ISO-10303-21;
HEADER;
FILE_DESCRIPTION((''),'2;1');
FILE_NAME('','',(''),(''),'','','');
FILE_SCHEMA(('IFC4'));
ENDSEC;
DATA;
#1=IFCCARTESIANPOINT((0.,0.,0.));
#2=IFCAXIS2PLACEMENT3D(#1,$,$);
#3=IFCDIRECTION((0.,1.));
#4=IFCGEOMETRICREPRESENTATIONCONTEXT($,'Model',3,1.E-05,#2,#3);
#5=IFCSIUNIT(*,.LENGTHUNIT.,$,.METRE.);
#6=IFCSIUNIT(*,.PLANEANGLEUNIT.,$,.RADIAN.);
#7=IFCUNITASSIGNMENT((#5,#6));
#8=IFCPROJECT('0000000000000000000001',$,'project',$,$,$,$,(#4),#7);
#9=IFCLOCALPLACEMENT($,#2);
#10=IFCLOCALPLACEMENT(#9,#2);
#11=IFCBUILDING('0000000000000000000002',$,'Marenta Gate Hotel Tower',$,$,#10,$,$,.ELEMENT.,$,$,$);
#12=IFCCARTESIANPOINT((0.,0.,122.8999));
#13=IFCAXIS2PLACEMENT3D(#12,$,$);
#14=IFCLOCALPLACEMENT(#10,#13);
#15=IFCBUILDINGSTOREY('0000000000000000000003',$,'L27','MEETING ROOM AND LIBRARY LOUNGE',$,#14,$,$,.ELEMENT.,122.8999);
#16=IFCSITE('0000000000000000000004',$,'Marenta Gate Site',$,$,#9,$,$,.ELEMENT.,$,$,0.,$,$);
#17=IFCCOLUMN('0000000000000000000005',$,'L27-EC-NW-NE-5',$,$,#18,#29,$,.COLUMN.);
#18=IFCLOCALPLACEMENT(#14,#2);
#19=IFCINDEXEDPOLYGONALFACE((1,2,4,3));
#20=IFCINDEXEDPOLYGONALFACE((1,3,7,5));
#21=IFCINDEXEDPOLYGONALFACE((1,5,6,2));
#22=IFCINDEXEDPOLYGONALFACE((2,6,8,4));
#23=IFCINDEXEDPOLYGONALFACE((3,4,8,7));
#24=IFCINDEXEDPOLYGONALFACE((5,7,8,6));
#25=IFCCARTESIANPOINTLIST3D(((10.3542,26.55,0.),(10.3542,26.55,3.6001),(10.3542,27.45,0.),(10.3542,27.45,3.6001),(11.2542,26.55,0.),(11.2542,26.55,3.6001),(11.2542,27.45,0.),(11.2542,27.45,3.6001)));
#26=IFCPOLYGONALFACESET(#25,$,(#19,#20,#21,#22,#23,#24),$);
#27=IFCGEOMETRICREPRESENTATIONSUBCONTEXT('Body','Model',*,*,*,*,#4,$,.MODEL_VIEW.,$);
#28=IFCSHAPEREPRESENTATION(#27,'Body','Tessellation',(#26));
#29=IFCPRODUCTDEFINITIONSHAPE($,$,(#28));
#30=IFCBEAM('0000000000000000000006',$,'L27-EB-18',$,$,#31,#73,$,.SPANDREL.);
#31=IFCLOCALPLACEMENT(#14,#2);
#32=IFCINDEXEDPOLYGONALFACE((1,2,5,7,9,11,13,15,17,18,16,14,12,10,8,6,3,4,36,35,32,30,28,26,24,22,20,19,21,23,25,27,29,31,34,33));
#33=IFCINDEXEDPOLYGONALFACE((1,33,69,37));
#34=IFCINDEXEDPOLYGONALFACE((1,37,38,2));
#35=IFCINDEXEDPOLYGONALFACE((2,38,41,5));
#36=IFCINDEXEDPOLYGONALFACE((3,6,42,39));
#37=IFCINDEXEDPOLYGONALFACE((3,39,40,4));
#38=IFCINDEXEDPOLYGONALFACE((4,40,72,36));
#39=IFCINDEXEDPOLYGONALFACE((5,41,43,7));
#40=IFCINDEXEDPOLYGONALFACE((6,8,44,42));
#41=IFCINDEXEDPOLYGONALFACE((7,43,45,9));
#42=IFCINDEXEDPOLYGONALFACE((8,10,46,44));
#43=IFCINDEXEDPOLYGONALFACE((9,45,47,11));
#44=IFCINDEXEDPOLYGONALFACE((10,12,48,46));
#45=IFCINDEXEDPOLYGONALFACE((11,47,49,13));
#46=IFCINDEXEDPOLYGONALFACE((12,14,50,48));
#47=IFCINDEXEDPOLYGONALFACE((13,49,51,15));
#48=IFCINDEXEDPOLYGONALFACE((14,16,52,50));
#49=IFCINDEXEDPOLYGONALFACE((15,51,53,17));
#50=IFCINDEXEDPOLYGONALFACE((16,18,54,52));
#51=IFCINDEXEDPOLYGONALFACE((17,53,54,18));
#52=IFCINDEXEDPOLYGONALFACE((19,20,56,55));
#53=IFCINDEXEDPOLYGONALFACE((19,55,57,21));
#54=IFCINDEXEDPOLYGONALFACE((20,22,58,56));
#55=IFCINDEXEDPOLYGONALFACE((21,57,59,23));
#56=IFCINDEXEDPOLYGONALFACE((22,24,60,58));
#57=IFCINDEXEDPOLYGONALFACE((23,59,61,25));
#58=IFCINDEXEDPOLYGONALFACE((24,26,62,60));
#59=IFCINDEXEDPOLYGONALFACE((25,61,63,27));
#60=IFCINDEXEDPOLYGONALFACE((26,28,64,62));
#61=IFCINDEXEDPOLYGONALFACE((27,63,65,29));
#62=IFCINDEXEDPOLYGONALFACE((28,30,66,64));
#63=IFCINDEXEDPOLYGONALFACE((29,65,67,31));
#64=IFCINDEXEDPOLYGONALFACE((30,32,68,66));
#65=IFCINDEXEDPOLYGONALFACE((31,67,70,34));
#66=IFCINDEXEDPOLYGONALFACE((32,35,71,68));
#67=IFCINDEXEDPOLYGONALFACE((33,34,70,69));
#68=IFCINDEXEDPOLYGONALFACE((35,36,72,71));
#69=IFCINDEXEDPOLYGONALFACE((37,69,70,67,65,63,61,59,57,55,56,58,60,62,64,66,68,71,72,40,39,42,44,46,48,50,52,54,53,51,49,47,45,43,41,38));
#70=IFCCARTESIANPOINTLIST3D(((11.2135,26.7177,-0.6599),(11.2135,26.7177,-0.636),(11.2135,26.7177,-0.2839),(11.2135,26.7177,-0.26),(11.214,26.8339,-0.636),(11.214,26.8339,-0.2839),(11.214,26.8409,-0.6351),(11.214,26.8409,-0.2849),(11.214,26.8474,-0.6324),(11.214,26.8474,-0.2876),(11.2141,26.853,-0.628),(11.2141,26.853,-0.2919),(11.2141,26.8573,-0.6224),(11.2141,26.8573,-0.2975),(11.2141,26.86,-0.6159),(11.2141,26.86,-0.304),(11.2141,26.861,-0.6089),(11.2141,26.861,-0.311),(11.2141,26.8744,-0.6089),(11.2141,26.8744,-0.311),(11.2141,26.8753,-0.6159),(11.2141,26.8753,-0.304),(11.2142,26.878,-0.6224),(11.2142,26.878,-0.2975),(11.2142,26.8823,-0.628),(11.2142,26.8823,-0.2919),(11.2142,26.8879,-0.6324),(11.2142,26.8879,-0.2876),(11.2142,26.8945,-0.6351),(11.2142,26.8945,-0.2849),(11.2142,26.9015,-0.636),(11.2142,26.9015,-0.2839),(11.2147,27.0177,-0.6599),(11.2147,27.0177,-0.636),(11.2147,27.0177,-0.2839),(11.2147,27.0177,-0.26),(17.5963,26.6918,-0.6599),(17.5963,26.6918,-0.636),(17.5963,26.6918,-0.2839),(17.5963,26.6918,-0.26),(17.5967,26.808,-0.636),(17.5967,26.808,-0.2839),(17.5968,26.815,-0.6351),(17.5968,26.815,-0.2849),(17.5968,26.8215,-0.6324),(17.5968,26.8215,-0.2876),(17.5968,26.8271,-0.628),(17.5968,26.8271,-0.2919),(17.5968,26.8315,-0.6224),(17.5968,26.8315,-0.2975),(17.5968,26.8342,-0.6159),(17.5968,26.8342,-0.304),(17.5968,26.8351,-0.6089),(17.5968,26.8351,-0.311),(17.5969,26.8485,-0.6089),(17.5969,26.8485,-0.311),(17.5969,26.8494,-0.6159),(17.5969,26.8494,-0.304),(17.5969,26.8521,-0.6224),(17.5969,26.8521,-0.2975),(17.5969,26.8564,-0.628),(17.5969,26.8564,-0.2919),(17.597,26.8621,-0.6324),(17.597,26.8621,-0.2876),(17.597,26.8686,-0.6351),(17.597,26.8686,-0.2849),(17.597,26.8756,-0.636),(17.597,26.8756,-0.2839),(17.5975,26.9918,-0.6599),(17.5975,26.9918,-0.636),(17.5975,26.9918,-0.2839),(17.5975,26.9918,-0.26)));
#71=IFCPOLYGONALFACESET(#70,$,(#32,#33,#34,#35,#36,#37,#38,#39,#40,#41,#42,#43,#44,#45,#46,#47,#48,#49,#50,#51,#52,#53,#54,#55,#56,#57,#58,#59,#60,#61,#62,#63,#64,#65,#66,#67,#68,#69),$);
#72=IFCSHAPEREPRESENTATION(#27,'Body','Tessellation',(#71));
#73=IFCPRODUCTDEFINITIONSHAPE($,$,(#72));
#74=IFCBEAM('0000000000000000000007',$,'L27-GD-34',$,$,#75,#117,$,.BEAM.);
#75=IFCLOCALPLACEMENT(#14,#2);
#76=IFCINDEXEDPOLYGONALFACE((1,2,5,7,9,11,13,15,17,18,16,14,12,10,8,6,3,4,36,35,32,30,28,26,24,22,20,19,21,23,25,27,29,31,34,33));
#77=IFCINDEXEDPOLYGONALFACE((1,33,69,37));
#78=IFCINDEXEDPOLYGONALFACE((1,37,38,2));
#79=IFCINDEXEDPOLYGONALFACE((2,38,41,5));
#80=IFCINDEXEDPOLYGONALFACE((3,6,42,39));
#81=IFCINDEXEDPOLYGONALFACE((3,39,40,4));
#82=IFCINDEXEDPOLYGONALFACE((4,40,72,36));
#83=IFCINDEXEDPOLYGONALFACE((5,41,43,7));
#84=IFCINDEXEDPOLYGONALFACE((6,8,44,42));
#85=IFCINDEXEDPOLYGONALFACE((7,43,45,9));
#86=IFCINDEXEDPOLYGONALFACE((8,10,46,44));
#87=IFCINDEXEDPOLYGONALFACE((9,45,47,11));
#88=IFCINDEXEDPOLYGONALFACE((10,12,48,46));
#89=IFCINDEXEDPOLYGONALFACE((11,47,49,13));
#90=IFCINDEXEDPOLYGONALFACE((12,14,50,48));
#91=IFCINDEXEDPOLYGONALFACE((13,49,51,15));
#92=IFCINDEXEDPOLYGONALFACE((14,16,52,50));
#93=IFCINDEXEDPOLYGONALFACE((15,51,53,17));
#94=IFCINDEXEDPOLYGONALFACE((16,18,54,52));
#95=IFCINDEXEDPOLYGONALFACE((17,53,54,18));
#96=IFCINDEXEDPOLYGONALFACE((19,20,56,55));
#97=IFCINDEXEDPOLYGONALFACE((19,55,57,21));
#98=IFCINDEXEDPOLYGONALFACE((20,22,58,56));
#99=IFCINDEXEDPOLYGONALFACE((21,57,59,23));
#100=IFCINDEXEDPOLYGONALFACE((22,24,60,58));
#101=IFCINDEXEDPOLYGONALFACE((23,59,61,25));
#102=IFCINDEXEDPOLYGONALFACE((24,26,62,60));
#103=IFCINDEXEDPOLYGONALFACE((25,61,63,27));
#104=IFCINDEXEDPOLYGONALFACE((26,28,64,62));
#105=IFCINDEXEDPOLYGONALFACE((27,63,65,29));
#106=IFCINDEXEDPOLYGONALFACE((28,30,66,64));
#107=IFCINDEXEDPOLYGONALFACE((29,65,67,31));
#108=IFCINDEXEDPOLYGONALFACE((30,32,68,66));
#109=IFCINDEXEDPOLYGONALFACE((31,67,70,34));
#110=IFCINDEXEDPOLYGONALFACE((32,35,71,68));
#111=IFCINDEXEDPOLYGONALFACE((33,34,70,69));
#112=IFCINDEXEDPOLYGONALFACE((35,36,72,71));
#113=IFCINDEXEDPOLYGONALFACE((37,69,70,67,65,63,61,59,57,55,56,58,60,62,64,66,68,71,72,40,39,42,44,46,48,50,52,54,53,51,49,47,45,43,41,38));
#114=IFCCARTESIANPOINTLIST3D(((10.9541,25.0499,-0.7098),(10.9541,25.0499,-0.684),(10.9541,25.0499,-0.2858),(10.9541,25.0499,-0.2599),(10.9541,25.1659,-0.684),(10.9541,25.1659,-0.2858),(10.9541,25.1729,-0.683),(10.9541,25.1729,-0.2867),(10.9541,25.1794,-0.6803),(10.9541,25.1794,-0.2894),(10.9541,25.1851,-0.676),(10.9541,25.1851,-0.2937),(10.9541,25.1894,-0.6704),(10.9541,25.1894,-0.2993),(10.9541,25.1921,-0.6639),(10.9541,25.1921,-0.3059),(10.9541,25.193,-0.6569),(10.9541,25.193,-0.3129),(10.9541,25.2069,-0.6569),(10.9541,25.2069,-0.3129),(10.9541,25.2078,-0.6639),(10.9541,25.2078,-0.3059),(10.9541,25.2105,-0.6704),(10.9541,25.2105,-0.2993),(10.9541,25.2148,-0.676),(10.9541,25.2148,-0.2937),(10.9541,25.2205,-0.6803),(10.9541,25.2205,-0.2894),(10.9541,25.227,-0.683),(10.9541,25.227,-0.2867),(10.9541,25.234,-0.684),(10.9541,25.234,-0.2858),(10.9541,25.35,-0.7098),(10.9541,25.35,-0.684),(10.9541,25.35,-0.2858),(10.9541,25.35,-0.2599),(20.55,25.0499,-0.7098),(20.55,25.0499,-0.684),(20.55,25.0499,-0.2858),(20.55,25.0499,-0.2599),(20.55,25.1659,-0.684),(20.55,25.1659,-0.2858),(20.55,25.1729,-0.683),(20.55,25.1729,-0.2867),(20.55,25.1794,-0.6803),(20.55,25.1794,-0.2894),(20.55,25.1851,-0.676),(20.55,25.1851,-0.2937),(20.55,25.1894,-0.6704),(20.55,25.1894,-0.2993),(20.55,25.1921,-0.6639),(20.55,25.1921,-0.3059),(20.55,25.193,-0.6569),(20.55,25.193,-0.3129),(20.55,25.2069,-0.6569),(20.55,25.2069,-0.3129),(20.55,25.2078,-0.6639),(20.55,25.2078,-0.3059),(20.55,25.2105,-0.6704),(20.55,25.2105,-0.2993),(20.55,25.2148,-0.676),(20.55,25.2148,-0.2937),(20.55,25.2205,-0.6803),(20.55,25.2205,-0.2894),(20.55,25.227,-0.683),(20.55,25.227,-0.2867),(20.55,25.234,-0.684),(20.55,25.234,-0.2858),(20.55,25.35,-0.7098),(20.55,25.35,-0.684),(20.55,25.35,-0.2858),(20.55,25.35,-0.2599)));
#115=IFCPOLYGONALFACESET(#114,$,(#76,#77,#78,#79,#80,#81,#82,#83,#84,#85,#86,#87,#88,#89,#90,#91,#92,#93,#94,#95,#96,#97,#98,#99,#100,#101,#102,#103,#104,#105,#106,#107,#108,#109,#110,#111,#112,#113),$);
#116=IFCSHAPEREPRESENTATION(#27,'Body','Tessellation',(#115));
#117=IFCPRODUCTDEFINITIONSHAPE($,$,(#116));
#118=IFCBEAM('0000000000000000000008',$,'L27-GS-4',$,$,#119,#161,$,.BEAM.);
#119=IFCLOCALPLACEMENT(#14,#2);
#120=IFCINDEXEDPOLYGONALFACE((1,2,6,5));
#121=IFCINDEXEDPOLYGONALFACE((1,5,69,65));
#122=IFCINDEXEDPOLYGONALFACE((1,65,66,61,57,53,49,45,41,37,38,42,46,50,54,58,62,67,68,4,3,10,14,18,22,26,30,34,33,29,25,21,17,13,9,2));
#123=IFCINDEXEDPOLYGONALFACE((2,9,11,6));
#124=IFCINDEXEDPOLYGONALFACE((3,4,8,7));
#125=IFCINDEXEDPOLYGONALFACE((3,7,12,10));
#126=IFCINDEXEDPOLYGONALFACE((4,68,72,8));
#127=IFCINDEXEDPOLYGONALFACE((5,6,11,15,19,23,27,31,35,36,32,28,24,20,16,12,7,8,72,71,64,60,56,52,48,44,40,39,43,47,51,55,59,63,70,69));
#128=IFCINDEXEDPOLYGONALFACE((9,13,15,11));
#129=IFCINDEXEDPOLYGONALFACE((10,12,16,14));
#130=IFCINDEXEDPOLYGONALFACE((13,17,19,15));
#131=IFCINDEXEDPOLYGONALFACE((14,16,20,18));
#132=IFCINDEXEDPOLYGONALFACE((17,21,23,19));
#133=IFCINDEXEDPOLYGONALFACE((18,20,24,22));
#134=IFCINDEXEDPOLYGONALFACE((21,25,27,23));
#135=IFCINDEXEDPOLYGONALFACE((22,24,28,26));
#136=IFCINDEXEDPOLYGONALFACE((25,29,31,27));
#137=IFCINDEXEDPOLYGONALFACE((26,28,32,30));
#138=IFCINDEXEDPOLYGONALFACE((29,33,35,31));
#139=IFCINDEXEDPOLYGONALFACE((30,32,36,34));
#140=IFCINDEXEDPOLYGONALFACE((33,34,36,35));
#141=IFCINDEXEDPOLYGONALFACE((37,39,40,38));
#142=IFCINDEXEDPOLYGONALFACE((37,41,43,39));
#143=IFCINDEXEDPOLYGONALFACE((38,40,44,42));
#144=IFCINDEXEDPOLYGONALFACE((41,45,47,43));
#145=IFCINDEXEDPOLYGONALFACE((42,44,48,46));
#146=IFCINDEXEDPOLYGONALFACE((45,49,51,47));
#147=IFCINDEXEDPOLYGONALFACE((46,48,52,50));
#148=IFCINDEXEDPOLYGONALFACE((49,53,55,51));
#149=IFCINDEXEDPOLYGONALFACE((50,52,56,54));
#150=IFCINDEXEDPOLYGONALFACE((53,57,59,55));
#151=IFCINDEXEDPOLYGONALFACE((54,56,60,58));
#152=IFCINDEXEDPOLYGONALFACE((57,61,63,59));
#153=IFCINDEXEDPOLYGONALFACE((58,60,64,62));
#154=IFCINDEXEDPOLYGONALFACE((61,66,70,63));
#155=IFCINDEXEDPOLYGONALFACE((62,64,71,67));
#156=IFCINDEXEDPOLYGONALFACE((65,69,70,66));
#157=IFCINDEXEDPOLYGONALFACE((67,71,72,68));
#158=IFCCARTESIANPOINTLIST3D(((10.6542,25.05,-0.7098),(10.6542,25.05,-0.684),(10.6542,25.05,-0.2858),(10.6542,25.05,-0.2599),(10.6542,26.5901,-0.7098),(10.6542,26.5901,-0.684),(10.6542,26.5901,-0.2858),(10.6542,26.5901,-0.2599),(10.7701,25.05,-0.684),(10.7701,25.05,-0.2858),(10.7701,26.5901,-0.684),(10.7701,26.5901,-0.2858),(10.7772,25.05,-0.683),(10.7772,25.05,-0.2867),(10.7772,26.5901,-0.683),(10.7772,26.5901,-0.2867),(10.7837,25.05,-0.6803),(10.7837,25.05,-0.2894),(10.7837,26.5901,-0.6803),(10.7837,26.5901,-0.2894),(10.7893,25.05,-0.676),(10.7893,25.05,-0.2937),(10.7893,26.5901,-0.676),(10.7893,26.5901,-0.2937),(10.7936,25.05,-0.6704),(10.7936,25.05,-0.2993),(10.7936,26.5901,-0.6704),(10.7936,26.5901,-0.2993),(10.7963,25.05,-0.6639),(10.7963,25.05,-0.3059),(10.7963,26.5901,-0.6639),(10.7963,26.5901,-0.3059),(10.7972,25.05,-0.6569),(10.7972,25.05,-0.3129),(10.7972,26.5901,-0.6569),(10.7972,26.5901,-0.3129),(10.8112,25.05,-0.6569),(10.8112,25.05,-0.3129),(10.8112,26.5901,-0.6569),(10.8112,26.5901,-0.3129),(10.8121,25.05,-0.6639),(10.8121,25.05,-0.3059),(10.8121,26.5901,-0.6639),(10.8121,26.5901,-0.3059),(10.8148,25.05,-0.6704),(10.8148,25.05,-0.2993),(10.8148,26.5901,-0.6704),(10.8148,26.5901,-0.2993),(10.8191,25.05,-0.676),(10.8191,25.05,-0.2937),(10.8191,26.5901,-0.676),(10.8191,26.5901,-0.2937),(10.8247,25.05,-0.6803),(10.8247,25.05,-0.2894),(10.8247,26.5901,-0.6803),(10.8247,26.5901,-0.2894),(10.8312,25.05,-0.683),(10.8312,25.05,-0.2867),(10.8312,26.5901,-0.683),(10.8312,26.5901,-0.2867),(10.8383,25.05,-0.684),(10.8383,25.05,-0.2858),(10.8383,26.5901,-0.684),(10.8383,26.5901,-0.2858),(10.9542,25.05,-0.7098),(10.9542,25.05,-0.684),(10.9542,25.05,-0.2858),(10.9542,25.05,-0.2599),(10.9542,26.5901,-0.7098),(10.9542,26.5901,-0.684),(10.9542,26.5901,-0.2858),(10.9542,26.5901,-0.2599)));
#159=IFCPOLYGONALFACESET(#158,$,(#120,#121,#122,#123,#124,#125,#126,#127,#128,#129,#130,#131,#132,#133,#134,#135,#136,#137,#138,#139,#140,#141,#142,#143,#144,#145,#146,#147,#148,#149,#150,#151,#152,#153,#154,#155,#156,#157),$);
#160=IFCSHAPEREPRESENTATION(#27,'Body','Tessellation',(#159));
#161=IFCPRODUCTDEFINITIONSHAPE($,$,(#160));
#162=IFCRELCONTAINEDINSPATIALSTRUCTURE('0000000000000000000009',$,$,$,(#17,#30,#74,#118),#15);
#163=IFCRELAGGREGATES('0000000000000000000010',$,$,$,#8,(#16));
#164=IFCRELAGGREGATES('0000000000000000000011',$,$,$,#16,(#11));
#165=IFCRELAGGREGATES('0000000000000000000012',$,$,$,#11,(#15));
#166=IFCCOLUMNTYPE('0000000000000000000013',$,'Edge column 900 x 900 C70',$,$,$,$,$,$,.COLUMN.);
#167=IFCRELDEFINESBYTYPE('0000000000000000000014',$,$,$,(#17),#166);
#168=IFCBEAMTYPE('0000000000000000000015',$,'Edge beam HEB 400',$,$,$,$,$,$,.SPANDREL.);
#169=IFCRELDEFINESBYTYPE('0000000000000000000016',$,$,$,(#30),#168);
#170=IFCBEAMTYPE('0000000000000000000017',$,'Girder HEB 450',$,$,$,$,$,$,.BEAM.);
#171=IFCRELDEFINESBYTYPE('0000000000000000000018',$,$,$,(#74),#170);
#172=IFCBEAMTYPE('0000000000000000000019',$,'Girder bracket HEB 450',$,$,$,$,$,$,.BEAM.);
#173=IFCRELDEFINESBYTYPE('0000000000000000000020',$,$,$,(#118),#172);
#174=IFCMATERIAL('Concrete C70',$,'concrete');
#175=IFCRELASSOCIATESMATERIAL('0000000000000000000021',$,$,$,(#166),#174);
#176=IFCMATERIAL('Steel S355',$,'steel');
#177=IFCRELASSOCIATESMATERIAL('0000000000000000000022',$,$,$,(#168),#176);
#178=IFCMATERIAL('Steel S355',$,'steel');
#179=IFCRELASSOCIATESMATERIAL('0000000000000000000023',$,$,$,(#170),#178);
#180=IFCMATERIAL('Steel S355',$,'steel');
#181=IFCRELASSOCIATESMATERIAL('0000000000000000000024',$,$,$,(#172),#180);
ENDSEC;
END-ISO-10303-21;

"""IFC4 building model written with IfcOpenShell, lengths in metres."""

from ifc_helpers import new_model, si_unit, direction, frame, origin, origin_2d, place, context, subcontext, project, spatial, rectangle, i_section, extrude, material, material_profile, profile_set, type_object, element, save


model = new_model("IFC4")

# Units and contexts
model_context = context("Model", 3, precision=1e-05, world=origin(), true_north=direction((0.0, 1.0)))
body_context = subcontext(model_context, "Body", "Model", "MODEL_VIEW")
ifc_project = project(units=[si_unit("LENGTHUNIT", "METRE"), si_unit("PLANEANGLEUNIT", "RADIAN")], contexts=[model_context])

# Site, building, storey
site_placement = place(None, origin())
site = spatial("IfcSite", under=ifc_project, at=site_placement, Name="Marenta Gate Site", CompositionType="ELEMENT", RefElevation=0.0)
building_placement = place(site_placement, origin())
building = spatial("IfcBuilding", under=site, at=building_placement, Name="Marenta Gate Hotel Tower", CompositionType="ELEMENT")
storey_placement = place(building_placement, frame((0.0, 0.0, 122.8999)))
storey = spatial("IfcBuildingStorey", under=building, at=storey_placement, Name="L27", Description="MEETING ROOM AND LIBRARY LOUNGE", CompositionType="ELEMENT", Elevation=122.8999)

# Column
ifc_material_1 = material(Name="Concrete C70", Category="concrete")
ifc_material_profile_1 = material_profile(ifc_material_1, rectangle(XDim=0.8999, YDim=0.8999, at=origin_2d()), Name="900 x 900")
ifc_profile_set_1 = profile_set([ifc_material_profile_1], Name="Concrete C70")
column_type = type_object("IfcColumnType", Name="Edge column 900 x 900 C70", PredefinedType="COLUMN", material=ifc_profile_set_1)
column_placement = place(storey_placement, frame((10.8042, 27.0, 0.0), z_axis=(0.0, 0.0, 1.0), x_axis=(1.0, 0.0, 0.0)))
element("IfcColumn", 1, at=column_placement, inside=storey, type_object=column_type, Name="L27-EC-NW-NE-5", PredefinedType="COLUMN", context=body_context, shape_type="SweptSolid", body=[
    extrude(rectangle(XDim=0.8999, YDim=0.8999, at=origin_2d()), origin(), (0.0, 0.0, 1.0), 3.6001),
])

# Beams
ifc_material_2 = material(Name="Steel S355", Category="steel")
ifc_material_profile_2 = material_profile(ifc_material_2, i_section(OverallWidth=0.3, OverallDepth=0.3999, WebThickness=0.0134, FlangeThickness=0.0239, FilletRadius=0.0271, at=origin_2d()), Name="HEB 400")
ifc_profile_set_2 = profile_set([ifc_material_profile_2], Name="Steel S355")
beam_type_1 = type_object("IfcBeamType", Name="Edge beam HEB 400", PredefinedType="SPANDREL", material=ifc_profile_set_2)
beam_1_placement = place(storey_placement, frame((11.2141, 26.8677, -0.46), z_axis=(0.999992, -0.004054, 0.0), x_axis=(0.004054, 0.999992, 0.0)))
element("IfcBeam", 2, at=beam_1_placement, inside=storey, type_object=beam_type_1, Name="L27-EB-18", PredefinedType="SPANDREL", context=body_context, shape_type="SweptSolid", body=[
    extrude(i_section(OverallWidth=0.3, OverallDepth=0.3999, WebThickness=0.0134, FlangeThickness=0.0239, FilletRadius=0.0271, at=origin_2d()), origin(), (0.0, 0.0, 1.0), 6.3828),
])
ifc_material_3 = material(Name="Steel S355", Category="steel")
ifc_material_profile_3 = material_profile(ifc_material_3, i_section(OverallWidth=0.3, OverallDepth=0.45, WebThickness=0.0139, FlangeThickness=0.0259, FilletRadius=0.0271, at=origin_2d()), Name="HEB 450")
ifc_profile_set_3 = profile_set([ifc_material_profile_3], Name="Steel S355")
beam_type_2 = type_object("IfcBeamType", Name="Girder HEB 450", PredefinedType="BEAM", material=ifc_profile_set_3)
beam_2_placement = place(storey_placement, frame((10.9541, 25.2, -0.4849), z_axis=(1.0, 0.0, 0.0), x_axis=(0.0, 1.0, 0.0)))
element("IfcBeam", 3, at=beam_2_placement, inside=storey, type_object=beam_type_2, Name="L27-GD-34", PredefinedType="BEAM", context=body_context, shape_type="SweptSolid", body=[
    extrude(i_section(OverallWidth=0.3, OverallDepth=0.45, WebThickness=0.0139, FlangeThickness=0.0259, FilletRadius=0.0271, at=origin_2d()), origin(), (0.0, 0.0, 1.0), 9.5959),
])
ifc_material_4 = material(Name="Steel S355", Category="steel")
ifc_material_profile_4 = material_profile(ifc_material_4, i_section(OverallWidth=0.3, OverallDepth=0.45, WebThickness=0.0139, FlangeThickness=0.0259, FilletRadius=0.0271, at=origin_2d()), Name="HEB 450")
ifc_profile_set_4 = profile_set([ifc_material_profile_4], Name="Steel S355")
beam_type_3 = type_object("IfcBeamType", Name="Girder bracket HEB 450", PredefinedType="BEAM", material=ifc_profile_set_4)
beam_3_placement = place(storey_placement, frame((10.8042, 25.05, -0.4849), z_axis=(0.0, 1.0, 0.0), x_axis=(-1.0, 0.0, 0.0)))
element("IfcBeam", 4, at=beam_3_placement, inside=storey, type_object=beam_type_3, Name="L27-GS-4", PredefinedType="BEAM", context=body_context, shape_type="SweptSolid", body=[
    extrude(i_section(OverallWidth=0.3, OverallDepth=0.45, WebThickness=0.0139, FlangeThickness=0.0259, FilletRadius=0.0271, at=origin_2d()), origin(), (0.0, 0.0, 1.0), 1.54),
])

save(model, "model.ifc")
